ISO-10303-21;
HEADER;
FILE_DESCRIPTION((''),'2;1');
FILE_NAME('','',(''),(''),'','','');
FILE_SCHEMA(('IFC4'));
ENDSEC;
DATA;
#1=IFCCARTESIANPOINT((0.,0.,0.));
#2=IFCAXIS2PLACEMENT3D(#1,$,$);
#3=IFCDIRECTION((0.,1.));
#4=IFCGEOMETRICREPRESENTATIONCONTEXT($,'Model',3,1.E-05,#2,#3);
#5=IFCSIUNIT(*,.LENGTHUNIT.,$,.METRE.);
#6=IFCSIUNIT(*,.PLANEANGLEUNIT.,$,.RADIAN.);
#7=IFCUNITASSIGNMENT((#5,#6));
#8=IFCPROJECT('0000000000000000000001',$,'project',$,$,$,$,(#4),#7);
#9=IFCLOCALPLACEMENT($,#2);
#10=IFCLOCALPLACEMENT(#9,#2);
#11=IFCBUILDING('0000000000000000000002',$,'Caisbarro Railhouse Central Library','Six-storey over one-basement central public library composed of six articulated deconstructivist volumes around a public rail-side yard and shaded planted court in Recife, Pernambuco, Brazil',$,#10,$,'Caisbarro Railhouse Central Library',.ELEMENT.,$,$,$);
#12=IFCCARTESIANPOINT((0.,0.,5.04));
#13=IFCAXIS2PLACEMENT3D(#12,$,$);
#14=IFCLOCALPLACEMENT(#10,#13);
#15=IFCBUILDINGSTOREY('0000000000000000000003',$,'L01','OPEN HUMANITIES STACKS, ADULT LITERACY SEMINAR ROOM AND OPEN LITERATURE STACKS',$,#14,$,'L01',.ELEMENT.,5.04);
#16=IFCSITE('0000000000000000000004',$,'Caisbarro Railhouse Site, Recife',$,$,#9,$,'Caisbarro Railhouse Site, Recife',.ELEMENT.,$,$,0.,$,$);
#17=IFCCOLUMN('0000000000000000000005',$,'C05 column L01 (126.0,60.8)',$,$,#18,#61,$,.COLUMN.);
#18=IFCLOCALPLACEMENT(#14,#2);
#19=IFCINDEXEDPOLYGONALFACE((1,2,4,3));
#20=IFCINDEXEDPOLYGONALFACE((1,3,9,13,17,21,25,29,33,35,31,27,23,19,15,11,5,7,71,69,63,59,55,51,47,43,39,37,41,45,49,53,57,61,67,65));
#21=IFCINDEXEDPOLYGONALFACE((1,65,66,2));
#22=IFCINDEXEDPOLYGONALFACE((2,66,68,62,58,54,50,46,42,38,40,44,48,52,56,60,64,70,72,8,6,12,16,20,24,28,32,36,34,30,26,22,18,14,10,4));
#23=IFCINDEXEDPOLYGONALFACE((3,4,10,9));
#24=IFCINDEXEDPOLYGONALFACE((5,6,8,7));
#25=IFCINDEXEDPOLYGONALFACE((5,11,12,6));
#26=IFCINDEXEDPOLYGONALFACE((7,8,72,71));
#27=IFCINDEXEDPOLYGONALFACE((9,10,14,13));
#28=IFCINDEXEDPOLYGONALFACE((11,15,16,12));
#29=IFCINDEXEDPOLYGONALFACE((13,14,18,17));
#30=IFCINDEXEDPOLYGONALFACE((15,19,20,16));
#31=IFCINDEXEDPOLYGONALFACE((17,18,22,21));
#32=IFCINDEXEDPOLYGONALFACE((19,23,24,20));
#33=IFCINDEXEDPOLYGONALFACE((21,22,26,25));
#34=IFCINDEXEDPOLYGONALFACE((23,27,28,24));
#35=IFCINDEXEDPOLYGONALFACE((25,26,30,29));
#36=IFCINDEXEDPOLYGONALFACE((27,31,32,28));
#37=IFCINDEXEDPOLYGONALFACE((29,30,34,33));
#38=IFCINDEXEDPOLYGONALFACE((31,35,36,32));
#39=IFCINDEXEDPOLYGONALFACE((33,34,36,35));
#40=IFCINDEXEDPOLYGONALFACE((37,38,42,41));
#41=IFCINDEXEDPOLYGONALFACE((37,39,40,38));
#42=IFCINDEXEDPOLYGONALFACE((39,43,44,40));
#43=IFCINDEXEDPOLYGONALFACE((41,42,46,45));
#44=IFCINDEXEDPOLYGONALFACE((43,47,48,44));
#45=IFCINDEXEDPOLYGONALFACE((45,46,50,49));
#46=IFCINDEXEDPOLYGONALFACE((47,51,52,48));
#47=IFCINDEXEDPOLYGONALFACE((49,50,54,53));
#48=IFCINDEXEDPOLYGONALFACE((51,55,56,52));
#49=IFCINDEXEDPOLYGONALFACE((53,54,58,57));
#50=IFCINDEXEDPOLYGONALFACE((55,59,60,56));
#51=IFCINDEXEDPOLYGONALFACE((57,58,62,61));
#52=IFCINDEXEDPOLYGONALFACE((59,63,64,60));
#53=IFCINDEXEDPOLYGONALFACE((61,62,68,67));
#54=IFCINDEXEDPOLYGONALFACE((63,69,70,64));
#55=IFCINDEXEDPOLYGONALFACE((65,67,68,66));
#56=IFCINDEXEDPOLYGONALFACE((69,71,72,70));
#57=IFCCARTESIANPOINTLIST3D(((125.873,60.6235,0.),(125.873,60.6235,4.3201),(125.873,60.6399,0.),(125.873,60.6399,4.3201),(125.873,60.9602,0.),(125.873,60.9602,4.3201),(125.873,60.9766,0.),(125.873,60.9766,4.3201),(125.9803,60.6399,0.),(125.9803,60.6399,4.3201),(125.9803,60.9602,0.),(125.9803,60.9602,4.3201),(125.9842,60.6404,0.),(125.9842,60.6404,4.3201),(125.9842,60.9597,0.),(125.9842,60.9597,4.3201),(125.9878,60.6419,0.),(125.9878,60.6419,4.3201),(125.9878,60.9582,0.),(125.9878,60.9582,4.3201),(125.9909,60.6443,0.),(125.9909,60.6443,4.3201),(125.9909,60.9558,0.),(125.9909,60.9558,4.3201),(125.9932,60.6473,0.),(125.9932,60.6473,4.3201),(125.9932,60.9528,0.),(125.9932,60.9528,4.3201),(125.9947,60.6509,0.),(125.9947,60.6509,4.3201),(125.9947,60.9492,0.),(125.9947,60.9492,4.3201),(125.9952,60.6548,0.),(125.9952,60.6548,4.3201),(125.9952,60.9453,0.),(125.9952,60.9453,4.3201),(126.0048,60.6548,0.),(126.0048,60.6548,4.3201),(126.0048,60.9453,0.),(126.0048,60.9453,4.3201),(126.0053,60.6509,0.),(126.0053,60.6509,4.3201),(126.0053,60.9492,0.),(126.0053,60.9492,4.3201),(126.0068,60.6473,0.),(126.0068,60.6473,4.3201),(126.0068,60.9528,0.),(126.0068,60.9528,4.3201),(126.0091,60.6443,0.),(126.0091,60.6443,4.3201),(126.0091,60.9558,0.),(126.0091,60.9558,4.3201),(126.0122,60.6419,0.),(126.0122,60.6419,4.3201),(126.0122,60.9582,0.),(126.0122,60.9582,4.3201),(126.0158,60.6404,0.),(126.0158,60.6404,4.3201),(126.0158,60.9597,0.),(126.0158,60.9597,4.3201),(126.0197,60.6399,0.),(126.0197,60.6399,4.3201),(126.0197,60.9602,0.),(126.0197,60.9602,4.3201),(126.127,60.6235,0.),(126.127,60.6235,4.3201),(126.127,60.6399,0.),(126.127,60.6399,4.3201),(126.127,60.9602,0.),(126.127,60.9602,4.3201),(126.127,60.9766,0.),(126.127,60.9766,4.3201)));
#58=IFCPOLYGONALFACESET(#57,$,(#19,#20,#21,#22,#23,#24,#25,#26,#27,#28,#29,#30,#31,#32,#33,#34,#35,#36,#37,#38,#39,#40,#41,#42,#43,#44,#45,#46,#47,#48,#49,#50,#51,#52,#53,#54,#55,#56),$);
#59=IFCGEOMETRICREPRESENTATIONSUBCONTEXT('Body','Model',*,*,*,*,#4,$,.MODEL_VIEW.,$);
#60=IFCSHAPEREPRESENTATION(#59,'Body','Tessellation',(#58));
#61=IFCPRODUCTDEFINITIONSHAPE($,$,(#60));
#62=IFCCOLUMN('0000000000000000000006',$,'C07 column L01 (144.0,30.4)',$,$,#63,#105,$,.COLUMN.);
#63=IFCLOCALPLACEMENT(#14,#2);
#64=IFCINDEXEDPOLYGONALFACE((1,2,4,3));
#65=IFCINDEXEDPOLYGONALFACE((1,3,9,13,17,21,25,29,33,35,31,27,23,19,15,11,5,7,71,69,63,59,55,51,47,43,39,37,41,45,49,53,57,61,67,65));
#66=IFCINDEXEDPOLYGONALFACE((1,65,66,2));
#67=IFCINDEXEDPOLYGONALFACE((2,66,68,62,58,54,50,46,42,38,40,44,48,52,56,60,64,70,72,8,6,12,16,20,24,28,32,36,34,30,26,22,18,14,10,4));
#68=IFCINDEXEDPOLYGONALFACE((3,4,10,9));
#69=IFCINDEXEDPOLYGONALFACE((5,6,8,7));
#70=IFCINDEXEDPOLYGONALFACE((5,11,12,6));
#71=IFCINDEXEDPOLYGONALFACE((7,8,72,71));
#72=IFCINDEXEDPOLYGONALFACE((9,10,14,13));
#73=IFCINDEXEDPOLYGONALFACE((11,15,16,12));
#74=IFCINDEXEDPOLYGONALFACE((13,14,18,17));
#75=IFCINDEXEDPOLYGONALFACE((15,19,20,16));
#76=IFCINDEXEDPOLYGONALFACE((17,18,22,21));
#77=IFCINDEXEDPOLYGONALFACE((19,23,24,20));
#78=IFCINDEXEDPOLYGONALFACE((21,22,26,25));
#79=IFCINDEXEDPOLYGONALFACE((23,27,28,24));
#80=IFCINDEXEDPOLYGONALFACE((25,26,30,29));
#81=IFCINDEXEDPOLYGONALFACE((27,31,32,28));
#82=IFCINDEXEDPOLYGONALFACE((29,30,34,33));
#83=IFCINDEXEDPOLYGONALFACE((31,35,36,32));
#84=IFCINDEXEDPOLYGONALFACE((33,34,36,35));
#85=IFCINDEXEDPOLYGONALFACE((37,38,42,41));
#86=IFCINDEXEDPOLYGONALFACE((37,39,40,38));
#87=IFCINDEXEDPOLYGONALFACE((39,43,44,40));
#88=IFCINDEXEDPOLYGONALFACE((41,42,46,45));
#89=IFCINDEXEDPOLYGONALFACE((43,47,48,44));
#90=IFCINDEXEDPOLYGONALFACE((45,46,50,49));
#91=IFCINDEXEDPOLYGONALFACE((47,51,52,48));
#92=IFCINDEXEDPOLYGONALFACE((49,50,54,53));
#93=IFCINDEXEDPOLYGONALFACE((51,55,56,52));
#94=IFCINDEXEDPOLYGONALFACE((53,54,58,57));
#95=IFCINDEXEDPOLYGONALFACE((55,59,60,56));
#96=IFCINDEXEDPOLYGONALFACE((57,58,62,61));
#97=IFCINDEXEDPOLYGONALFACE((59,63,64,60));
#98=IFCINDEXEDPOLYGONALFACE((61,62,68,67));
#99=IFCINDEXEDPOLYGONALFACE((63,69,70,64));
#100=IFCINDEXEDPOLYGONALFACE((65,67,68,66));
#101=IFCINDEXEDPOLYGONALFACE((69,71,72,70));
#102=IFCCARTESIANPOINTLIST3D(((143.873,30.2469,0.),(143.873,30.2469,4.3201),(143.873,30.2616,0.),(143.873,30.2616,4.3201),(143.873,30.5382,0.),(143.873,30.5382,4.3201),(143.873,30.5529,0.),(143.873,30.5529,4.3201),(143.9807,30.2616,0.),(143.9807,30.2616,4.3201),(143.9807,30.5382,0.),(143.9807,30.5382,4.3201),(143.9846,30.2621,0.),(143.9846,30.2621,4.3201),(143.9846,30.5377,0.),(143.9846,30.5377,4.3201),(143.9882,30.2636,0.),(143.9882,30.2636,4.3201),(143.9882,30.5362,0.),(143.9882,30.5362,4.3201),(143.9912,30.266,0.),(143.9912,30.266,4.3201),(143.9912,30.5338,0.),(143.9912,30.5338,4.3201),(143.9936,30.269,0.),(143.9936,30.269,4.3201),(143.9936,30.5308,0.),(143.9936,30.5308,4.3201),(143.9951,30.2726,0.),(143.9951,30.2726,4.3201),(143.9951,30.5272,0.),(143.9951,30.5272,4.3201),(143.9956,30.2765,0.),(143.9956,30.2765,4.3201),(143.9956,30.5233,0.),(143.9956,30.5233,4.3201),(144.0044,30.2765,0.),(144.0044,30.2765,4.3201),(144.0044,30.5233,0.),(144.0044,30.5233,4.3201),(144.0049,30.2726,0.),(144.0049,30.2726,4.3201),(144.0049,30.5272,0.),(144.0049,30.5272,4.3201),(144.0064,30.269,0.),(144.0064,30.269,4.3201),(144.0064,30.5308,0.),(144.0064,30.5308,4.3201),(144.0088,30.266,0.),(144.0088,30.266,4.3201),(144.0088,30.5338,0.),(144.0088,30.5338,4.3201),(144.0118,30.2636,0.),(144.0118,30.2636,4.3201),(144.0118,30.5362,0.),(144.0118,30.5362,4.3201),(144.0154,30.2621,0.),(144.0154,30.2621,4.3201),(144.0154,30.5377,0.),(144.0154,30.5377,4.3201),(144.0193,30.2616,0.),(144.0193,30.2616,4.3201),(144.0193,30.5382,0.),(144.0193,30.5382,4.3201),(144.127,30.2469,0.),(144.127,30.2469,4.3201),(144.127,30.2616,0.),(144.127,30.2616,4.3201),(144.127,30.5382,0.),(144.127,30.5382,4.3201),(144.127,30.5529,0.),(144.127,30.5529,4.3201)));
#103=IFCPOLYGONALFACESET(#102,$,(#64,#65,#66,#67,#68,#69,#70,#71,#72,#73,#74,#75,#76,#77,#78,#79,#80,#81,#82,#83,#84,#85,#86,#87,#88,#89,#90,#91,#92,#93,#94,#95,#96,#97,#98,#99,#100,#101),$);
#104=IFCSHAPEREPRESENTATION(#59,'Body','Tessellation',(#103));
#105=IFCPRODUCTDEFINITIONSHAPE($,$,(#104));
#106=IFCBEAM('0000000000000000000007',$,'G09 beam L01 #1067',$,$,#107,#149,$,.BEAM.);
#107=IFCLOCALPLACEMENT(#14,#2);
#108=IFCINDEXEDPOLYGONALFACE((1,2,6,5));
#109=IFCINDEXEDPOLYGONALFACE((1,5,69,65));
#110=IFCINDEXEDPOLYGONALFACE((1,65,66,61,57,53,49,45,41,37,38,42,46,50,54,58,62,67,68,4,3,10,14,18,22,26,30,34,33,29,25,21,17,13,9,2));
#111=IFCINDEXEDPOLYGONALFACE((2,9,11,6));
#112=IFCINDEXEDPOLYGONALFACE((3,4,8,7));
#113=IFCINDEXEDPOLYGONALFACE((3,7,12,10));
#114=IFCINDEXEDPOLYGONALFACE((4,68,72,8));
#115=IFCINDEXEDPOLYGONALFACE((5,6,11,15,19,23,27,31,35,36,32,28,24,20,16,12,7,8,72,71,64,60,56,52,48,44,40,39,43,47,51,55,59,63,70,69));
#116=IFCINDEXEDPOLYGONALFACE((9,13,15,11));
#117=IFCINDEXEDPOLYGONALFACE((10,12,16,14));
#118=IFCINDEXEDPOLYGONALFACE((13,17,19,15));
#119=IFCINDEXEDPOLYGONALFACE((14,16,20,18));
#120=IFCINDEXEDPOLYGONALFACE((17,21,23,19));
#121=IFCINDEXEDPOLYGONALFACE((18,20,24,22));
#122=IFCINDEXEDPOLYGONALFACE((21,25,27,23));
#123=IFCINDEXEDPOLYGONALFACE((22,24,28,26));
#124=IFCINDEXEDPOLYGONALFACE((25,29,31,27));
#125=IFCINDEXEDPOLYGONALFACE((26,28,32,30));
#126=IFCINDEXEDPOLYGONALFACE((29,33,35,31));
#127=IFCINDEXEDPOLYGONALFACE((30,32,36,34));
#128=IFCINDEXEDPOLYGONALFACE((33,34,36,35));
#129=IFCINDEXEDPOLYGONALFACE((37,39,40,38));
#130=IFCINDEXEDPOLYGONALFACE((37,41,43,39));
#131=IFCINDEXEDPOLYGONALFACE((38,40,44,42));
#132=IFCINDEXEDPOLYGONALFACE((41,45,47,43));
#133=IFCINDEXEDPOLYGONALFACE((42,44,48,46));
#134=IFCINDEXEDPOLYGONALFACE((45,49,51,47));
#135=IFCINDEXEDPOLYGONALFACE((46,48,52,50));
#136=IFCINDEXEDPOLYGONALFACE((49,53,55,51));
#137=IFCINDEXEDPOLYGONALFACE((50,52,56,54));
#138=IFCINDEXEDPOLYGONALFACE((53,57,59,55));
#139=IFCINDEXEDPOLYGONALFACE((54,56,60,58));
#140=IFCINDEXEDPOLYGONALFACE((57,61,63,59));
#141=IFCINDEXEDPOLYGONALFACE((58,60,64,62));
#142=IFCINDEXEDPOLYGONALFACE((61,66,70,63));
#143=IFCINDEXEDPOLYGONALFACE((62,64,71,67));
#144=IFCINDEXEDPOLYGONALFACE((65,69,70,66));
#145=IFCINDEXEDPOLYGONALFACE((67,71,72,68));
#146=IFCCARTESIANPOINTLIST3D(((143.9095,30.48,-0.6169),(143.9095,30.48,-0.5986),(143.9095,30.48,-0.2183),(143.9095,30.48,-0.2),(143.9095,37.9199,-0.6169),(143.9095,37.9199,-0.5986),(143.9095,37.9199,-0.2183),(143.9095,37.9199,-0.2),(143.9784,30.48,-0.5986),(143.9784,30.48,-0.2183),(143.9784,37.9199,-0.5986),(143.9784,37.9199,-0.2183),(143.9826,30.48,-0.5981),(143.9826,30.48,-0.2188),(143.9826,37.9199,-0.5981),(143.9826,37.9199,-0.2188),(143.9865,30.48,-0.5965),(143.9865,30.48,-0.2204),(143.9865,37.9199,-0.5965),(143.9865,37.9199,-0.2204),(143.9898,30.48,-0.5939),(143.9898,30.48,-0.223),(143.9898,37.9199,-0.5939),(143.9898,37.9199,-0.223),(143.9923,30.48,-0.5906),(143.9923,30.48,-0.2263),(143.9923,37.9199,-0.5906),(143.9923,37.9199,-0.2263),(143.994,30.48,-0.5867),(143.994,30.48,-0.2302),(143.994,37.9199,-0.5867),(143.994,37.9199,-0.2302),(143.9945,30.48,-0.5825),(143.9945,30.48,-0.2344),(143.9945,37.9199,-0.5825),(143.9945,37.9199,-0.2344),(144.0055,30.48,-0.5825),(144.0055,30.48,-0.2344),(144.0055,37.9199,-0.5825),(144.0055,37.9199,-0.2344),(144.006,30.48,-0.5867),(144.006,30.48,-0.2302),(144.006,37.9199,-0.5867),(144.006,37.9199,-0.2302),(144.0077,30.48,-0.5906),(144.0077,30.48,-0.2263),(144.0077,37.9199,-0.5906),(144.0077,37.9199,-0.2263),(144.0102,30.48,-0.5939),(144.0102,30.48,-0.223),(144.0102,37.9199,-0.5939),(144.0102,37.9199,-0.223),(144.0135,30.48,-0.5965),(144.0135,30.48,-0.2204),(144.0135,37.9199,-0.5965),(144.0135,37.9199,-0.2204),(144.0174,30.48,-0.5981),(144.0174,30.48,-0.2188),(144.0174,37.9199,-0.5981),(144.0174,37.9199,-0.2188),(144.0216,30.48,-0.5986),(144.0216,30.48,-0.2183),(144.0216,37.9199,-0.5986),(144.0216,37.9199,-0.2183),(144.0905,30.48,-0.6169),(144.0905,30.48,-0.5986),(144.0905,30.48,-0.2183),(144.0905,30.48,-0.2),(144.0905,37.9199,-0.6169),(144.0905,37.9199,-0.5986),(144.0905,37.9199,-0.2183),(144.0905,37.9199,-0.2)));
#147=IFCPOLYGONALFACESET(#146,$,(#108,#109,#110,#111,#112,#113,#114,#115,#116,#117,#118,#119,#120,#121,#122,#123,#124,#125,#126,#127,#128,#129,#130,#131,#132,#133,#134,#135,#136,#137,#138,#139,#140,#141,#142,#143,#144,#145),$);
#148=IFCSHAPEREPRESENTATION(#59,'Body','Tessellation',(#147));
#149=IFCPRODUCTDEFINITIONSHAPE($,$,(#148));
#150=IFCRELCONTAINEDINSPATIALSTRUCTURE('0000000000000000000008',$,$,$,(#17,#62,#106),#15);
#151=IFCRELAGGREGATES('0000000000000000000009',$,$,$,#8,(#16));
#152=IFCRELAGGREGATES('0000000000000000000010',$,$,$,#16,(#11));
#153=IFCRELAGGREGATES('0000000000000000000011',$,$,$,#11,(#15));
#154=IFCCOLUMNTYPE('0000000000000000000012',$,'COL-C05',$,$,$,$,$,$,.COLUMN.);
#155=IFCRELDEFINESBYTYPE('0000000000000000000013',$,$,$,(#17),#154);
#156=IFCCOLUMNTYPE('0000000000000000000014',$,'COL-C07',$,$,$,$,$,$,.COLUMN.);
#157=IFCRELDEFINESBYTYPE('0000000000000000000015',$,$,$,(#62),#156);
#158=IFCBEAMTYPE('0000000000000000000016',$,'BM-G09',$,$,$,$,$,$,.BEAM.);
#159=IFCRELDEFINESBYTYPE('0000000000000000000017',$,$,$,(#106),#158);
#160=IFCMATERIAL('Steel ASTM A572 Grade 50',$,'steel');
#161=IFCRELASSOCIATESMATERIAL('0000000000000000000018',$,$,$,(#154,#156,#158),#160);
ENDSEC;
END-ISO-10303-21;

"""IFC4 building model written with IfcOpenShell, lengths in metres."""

from ifc_helpers import new_model, si_unit, direction, frame, origin, origin_2d, place, context, subcontext, project, spatial, i_section, extrude, material, material_profile, profile_set, type_object, element, save


model = new_model("IFC4")

# Units and contexts
model_context = context("Model", 3, precision=1e-05, world=origin(), true_north=direction((0.0, 1.0)))
body_context = subcontext(model_context, "Body", "Model", "MODEL_VIEW")
ifc_project = project(units=[si_unit("LENGTHUNIT", "METRE"), si_unit("PLANEANGLEUNIT", "RADIAN")], contexts=[model_context])

# Site, building, storey
site_placement = place(None, origin())
site = spatial("IfcSite", under=ifc_project, at=site_placement, Name="Caisbarro Railhouse Site, Recife", LongName="Caisbarro Railhouse Site, Recife", CompositionType="ELEMENT", RefElevation=0.0)
building_placement = place(site_placement, origin())
building = spatial("IfcBuilding", under=site, at=building_placement, Name="Caisbarro Railhouse Central Library", Description="Six-storey over one-basement central public library composed of six articulated deconstructivist volumes around a public rail-side yard and shaded planted court in Recife, Pernambuco, Brazil", LongName="Caisbarro Railhouse Central Library", CompositionType="ELEMENT")
storey_placement = place(building_placement, frame((0.0, 0.0, 5.04)))
storey = spatial("IfcBuildingStorey", under=building, at=storey_placement, Name="L01", Description="OPEN HUMANITIES STACKS, ADULT LITERACY SEMINAR ROOM AND OPEN LITERATURE STACKS", LongName="L01", CompositionType="ELEMENT", Elevation=5.04)

# Columns
ifc_material_1 = material(Name="Steel ASTM A572 Grade 50", Category="steel")
ifc_material_profile_1 = material_profile(ifc_material_1, i_section(OverallWidth=0.2539, OverallDepth=0.353, WebThickness=0.0095, FlangeThickness=0.0164, FilletRadius=0.0149, at=origin_2d()), Name="W360X91.0")
ifc_profile_set_1 = profile_set([ifc_material_profile_1], Name="Steel ASTM A572 Grade 50")
column_type_1 = type_object("IfcColumnType", Name="COL-C05", PredefinedType="COLUMN", material=ifc_profile_set_1)
column_1_placement = place(storey_placement, frame((126.0, 60.8, 0.0), z_axis=(0.0, 0.0, 1.0), x_axis=(1.0, 0.0, 0.0)))
element("IfcColumn", 1, at=column_1_placement, inside=storey, type_object=column_type_1, Name="C05 column L01 (126.0,60.8)", PredefinedType="COLUMN", context=body_context, shape_type="SweptSolid", body=[
    extrude(i_section(OverallWidth=0.2539, OverallDepth=0.353, WebThickness=0.0095, FlangeThickness=0.0164, FilletRadius=0.0149, at=origin_2d()), origin(), (0.0, 0.0, 1.0), 4.3201),
])
ifc_material_profile_2 = material_profile(ifc_material_1, i_section(OverallWidth=0.2539, OverallDepth=0.3059, WebThickness=0.0088, FlangeThickness=0.0146, FilletRadius=0.0149, at=origin_2d()), Name="W310X79.0")
ifc_profile_set_2 = profile_set([ifc_material_profile_2], Name="Steel ASTM A572 Grade 50")
column_type_2 = type_object("IfcColumnType", Name="COL-C07", PredefinedType="COLUMN", material=ifc_profile_set_2)
column_2_placement = place(storey_placement, frame((144.0, 30.3999, 0.0), z_axis=(0.0, 0.0, 1.0), x_axis=(1.0, 0.0, 0.0)))
element("IfcColumn", 2, at=column_2_placement, inside=storey, type_object=column_type_2, Name="C07 column L01 (144.0,30.4)", PredefinedType="COLUMN", context=body_context, shape_type="SweptSolid", body=[
    extrude(i_section(OverallWidth=0.2539, OverallDepth=0.3059, WebThickness=0.0088, FlangeThickness=0.0146, FilletRadius=0.0149, at=origin_2d()), origin(), (0.0, 0.0, 1.0), 4.3201),
])

# Beam
ifc_material_profile_3 = material_profile(ifc_material_1, i_section(OverallWidth=0.1809, OverallDepth=0.417, WebThickness=0.011, FlangeThickness=0.0183, FilletRadius=0.0161, at=origin_2d()), Name="W410X85.0")
ifc_profile_set_3 = profile_set([ifc_material_profile_3], Name="Steel ASTM A572 Grade 50")
beam_type_1 = type_object("IfcBeamType", Name="BM-G09", PredefinedType="BEAM", material=ifc_profile_set_3)
beam_1_placement = place(storey_placement, frame((144.0, 30.48, -0.4084), z_axis=(0.0, 1.0, 0.0), x_axis=(-1.0, 0.0, 0.0)))
element("IfcBeam", 3, at=beam_1_placement, inside=storey, type_object=beam_type_1, Name="G09 beam L01 #1067", PredefinedType="BEAM", context=body_context, shape_type="SweptSolid", body=[
    extrude(i_section(OverallWidth=0.1809, OverallDepth=0.417, WebThickness=0.011, FlangeThickness=0.0183, FilletRadius=0.0161, at=origin_2d()), origin(), (0.0, 0.0, 1.0), 7.4399),
])

save(model, "model.ifc")
